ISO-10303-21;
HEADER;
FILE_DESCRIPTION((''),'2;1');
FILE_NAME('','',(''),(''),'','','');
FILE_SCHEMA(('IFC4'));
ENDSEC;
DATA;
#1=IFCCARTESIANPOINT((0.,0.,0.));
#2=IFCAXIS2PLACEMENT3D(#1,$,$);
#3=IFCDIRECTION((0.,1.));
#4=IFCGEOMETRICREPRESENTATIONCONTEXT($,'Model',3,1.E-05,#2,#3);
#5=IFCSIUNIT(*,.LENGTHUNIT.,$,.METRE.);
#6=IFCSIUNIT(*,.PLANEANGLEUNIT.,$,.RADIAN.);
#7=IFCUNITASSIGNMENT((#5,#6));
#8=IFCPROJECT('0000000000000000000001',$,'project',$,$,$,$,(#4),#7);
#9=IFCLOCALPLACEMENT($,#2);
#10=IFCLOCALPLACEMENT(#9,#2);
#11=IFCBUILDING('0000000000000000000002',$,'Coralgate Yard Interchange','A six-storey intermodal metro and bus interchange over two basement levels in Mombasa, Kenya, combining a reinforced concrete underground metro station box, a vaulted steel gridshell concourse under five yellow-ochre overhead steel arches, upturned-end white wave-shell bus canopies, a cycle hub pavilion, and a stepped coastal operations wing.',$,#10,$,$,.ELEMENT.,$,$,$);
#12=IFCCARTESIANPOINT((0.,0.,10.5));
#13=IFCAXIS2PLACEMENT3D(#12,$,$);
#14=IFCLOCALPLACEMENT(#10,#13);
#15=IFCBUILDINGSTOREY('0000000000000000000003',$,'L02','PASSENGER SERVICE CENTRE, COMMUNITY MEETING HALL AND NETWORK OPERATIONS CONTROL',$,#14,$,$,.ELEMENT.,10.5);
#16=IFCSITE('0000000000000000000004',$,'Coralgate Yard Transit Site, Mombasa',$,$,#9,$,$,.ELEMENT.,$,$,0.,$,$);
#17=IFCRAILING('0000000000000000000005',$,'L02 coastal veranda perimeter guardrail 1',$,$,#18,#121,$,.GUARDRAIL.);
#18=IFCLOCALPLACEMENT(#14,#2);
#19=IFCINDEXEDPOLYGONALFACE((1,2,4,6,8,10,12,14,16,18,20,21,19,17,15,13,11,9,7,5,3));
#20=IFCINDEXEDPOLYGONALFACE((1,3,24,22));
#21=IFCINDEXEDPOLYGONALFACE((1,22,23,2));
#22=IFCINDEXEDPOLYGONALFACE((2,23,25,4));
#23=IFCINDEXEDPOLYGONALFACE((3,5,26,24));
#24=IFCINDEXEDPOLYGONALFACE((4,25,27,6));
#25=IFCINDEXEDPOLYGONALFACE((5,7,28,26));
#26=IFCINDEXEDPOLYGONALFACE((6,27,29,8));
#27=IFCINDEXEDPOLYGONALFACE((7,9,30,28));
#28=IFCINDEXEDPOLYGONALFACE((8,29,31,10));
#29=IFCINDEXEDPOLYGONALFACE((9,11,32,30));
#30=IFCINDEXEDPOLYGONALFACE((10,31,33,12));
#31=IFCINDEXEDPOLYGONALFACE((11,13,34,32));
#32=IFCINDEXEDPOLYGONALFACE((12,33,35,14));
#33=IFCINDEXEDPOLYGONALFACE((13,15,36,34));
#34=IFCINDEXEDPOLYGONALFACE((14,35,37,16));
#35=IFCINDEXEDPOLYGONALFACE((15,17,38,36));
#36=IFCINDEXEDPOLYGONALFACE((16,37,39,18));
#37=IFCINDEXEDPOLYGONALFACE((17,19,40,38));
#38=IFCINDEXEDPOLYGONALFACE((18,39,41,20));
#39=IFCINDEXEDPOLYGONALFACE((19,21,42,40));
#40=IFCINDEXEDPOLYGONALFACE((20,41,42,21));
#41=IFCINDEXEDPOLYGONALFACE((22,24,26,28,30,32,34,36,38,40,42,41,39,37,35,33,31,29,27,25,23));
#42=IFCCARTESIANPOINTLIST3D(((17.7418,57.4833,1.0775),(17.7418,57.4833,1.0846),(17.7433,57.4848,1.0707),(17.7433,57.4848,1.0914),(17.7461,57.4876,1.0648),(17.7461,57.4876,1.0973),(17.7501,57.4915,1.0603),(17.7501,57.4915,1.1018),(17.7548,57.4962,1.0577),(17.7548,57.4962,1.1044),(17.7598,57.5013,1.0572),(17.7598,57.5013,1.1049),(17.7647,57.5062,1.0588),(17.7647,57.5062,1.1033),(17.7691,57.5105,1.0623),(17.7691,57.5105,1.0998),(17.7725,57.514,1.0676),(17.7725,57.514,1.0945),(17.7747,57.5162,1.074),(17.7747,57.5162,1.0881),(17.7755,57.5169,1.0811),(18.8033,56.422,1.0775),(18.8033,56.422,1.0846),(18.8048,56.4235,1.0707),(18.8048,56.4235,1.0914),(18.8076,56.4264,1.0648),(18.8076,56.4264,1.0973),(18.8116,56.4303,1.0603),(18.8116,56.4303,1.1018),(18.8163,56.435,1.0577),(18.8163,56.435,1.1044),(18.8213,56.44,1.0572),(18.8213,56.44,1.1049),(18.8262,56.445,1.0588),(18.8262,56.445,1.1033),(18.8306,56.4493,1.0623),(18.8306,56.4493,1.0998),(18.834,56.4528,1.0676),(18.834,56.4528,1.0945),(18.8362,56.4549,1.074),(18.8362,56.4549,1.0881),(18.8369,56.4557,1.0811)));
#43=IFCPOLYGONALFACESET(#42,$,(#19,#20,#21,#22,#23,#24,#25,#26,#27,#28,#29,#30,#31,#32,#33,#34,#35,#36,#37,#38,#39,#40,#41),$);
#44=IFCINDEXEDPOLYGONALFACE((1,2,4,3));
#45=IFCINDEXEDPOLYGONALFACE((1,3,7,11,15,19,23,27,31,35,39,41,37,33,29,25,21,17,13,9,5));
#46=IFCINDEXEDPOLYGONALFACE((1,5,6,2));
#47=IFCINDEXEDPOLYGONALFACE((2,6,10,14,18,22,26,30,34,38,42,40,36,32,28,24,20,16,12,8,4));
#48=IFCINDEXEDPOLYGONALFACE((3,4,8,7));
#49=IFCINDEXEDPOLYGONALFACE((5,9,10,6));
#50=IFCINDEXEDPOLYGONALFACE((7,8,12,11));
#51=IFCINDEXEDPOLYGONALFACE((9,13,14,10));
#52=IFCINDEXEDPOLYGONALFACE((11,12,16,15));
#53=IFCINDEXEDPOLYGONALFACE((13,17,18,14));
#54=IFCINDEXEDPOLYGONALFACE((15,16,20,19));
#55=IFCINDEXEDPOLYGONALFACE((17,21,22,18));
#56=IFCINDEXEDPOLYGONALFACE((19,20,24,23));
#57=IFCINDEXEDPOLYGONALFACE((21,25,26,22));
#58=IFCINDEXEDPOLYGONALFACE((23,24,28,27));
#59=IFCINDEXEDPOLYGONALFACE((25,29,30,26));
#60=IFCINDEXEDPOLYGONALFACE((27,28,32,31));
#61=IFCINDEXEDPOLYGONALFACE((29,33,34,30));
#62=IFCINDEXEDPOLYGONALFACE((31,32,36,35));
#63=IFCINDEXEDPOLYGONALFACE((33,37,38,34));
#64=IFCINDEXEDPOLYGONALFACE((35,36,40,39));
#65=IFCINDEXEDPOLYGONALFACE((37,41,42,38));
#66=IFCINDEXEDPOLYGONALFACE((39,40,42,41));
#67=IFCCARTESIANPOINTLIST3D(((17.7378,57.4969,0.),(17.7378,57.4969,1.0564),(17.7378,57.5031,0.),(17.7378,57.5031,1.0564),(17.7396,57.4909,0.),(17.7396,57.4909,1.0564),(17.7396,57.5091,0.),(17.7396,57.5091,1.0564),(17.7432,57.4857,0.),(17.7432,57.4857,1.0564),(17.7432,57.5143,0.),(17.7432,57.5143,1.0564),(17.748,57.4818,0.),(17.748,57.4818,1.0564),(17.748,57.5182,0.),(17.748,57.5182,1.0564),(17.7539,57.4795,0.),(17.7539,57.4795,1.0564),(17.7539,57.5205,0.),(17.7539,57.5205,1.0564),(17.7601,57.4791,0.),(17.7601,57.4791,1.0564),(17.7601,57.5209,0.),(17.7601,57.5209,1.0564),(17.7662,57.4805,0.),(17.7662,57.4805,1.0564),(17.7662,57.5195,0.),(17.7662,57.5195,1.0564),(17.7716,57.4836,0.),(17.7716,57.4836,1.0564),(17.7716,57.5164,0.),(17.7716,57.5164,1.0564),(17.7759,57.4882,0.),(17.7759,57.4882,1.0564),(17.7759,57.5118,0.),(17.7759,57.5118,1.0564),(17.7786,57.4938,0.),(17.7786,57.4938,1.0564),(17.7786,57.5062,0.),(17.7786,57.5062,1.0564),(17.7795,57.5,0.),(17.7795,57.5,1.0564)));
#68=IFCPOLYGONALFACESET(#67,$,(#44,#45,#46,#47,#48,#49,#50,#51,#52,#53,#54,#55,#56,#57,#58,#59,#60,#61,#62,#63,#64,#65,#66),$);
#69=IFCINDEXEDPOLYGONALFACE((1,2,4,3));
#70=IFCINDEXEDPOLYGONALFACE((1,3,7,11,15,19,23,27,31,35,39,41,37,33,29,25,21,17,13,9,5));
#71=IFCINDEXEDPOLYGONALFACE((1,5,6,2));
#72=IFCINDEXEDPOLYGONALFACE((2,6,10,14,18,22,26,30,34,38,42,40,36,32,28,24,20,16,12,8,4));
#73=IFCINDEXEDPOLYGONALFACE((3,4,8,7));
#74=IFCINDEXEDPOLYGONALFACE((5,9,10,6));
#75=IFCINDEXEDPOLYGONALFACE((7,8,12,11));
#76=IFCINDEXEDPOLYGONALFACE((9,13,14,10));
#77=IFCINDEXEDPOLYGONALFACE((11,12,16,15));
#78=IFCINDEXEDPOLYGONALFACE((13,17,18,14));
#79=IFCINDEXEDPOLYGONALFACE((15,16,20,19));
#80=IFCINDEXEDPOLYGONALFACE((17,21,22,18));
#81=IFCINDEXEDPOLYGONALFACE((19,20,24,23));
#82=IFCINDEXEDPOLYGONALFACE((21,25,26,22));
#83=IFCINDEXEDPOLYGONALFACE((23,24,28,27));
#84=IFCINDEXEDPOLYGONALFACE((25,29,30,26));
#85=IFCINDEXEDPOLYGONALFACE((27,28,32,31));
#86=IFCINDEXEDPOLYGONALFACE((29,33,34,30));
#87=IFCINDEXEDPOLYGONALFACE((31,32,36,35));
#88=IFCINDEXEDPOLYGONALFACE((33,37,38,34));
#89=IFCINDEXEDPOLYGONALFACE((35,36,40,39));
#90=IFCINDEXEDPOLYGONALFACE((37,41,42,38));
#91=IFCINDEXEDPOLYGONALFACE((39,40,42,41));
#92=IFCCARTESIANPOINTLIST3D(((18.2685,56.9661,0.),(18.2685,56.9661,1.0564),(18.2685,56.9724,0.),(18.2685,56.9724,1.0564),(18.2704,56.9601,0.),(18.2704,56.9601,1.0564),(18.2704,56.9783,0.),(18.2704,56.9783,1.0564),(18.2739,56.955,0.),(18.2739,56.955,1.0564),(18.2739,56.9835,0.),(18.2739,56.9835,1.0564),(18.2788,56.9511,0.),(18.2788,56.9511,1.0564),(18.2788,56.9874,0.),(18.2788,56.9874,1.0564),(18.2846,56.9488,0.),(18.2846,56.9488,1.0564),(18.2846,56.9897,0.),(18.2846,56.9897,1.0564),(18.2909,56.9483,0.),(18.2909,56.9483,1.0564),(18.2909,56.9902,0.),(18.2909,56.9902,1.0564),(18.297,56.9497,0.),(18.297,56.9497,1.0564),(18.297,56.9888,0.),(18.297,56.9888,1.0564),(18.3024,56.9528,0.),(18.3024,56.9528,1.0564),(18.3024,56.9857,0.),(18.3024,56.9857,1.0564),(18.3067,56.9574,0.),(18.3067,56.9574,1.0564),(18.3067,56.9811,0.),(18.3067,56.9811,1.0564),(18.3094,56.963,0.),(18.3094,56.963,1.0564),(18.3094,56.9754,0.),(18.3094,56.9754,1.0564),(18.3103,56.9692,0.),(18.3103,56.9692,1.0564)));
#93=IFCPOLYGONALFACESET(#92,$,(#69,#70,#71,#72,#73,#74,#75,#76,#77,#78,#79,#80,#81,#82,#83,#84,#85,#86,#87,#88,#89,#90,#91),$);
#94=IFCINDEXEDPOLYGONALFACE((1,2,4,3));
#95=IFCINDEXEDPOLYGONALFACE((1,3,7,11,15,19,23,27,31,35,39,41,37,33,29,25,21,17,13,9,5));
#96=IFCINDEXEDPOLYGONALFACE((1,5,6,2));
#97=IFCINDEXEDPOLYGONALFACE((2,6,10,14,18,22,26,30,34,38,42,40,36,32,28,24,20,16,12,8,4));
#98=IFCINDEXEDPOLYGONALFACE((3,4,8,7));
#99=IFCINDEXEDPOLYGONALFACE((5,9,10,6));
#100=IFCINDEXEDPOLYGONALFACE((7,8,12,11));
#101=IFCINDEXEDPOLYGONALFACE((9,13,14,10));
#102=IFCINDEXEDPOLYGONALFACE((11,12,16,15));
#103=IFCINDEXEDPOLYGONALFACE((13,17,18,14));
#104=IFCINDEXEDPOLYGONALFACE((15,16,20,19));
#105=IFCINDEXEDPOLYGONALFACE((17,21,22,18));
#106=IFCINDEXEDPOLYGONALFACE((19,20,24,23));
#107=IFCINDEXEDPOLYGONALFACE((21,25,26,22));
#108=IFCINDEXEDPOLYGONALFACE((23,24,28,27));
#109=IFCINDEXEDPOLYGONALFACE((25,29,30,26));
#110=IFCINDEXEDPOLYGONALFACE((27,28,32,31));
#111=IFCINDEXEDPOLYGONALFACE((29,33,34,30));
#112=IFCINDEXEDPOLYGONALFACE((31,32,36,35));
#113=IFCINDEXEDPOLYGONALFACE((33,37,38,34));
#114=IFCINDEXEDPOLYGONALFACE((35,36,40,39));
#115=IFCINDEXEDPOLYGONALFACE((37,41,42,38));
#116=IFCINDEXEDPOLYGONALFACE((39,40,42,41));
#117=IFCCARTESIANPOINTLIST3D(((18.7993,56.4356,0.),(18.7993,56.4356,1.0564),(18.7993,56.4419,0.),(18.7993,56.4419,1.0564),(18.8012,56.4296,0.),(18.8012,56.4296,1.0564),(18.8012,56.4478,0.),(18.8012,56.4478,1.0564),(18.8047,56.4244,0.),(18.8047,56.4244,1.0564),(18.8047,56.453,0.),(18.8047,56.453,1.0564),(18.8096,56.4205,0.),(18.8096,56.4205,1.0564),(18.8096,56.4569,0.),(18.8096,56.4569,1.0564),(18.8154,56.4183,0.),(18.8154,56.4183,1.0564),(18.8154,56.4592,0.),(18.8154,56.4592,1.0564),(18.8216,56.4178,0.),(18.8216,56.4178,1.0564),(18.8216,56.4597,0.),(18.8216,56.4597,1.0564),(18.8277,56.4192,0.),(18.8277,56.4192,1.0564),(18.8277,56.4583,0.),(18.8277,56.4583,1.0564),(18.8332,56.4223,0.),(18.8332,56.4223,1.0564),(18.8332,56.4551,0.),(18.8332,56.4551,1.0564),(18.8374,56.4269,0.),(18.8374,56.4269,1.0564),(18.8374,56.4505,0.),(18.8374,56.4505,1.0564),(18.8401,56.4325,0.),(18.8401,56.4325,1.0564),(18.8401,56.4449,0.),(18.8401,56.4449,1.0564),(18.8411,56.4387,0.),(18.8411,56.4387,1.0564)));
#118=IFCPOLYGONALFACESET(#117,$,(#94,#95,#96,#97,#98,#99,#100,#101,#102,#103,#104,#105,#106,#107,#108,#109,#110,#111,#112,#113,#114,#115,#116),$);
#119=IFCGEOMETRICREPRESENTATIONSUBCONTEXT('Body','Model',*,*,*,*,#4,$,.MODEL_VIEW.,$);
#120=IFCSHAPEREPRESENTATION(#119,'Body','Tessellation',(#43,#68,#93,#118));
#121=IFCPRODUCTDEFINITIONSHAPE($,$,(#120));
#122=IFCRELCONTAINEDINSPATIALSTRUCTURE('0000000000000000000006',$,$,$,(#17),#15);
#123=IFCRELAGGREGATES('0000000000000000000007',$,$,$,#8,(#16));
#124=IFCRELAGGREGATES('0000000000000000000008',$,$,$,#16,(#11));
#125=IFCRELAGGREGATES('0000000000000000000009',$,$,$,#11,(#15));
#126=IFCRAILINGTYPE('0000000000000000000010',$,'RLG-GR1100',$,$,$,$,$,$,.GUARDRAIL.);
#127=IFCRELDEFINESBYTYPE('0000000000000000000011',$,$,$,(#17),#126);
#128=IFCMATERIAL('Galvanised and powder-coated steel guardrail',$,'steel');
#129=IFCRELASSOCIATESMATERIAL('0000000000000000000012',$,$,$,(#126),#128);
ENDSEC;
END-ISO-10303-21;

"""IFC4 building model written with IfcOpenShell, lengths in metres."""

from ifc_helpers import new_model, si_unit, direction, frame, origin, origin_2d, place, context, subcontext, project, spatial, circle, extrude, material, type_object, element, save


model = new_model("IFC4")

# Units and contexts
model_context = context("Model", 3, precision=1e-05, world=origin(), true_north=direction((0.0, 1.0)))
body_context = subcontext(model_context, "Body", "Model", "MODEL_VIEW")
ifc_project = project(units=[si_unit("LENGTHUNIT", "METRE"), si_unit("PLANEANGLEUNIT", "RADIAN")], contexts=[model_context])

# Site, building, storey
site_placement = place(None, origin())
site = spatial("IfcSite", under=ifc_project, at=site_placement, Name="Coralgate Yard Transit Site, Mombasa", CompositionType="ELEMENT", RefElevation=0.0)
building_placement = place(site_placement, origin())
building = spatial("IfcBuilding", under=site, at=building_placement, Name="Coralgate Yard Interchange", Description="A six-storey intermodal metro and bus interchange over two basement levels in Mombasa, Kenya, combining a reinforced concrete underground metro station box, a vaulted steel gridshell concourse under five yellow-ochre overhead steel arches, upturned-end white wave-shell bus canopies, a cycle hub pavilion, and a stepped coastal operations wing.", CompositionType="ELEMENT")
storey_placement = place(building_placement, frame((0.0, 0.0, 10.5)))
storey = spatial("IfcBuildingStorey", under=building, at=storey_placement, Name="L02", Description="PASSENGER SERVICE CENTRE, COMMUNITY MEETING HALL AND NETWORK OPERATIONS CONTROL", CompositionType="ELEMENT", Elevation=10.5)

# Railing
ifc_material_1 = material(Name="Galvanised and powder-coated steel guardrail", Category="steel")
railing_type = type_object("IfcRailingType", Name="RLG-GR1100", PredefinedType="GUARDRAIL", material=ifc_material_1)
railing_1_placement = place(storey_placement, frame((17.7585, 57.5, 0.0)))
element("IfcRailing", 1, at=railing_1_placement, inside=storey, type_object=railing_type, Name="L02 coastal veranda perimeter guardrail 1", PredefinedType="GUARDRAIL", context=body_context, shape_type="SweptSolid", body=[
    extrude(circle(Radius=0.0239, at=origin_2d()), frame((0.0, 0.0, 1.0811), z_axis=(0.707188, -0.707025, 0.0), x_axis=(0.707025, 0.707188, 0.0)), (0.0, 0.0, 1.0), 1.501),
    extrude(circle(Radius=0.021, at=origin_2d()), origin(), (0.0, 0.0, 1.0), 1.0564),
    extrude(circle(Radius=0.021, at=origin_2d()), frame((0.5308, -0.5308, 0.0)), (0.0, 0.0, 1.0), 1.0564),
    extrude(circle(Radius=0.021, at=origin_2d()), frame((1.0615, -1.0613, 0.0)), (0.0, 0.0, 1.0), 1.0564),
])

save(model, "model.ifc")
